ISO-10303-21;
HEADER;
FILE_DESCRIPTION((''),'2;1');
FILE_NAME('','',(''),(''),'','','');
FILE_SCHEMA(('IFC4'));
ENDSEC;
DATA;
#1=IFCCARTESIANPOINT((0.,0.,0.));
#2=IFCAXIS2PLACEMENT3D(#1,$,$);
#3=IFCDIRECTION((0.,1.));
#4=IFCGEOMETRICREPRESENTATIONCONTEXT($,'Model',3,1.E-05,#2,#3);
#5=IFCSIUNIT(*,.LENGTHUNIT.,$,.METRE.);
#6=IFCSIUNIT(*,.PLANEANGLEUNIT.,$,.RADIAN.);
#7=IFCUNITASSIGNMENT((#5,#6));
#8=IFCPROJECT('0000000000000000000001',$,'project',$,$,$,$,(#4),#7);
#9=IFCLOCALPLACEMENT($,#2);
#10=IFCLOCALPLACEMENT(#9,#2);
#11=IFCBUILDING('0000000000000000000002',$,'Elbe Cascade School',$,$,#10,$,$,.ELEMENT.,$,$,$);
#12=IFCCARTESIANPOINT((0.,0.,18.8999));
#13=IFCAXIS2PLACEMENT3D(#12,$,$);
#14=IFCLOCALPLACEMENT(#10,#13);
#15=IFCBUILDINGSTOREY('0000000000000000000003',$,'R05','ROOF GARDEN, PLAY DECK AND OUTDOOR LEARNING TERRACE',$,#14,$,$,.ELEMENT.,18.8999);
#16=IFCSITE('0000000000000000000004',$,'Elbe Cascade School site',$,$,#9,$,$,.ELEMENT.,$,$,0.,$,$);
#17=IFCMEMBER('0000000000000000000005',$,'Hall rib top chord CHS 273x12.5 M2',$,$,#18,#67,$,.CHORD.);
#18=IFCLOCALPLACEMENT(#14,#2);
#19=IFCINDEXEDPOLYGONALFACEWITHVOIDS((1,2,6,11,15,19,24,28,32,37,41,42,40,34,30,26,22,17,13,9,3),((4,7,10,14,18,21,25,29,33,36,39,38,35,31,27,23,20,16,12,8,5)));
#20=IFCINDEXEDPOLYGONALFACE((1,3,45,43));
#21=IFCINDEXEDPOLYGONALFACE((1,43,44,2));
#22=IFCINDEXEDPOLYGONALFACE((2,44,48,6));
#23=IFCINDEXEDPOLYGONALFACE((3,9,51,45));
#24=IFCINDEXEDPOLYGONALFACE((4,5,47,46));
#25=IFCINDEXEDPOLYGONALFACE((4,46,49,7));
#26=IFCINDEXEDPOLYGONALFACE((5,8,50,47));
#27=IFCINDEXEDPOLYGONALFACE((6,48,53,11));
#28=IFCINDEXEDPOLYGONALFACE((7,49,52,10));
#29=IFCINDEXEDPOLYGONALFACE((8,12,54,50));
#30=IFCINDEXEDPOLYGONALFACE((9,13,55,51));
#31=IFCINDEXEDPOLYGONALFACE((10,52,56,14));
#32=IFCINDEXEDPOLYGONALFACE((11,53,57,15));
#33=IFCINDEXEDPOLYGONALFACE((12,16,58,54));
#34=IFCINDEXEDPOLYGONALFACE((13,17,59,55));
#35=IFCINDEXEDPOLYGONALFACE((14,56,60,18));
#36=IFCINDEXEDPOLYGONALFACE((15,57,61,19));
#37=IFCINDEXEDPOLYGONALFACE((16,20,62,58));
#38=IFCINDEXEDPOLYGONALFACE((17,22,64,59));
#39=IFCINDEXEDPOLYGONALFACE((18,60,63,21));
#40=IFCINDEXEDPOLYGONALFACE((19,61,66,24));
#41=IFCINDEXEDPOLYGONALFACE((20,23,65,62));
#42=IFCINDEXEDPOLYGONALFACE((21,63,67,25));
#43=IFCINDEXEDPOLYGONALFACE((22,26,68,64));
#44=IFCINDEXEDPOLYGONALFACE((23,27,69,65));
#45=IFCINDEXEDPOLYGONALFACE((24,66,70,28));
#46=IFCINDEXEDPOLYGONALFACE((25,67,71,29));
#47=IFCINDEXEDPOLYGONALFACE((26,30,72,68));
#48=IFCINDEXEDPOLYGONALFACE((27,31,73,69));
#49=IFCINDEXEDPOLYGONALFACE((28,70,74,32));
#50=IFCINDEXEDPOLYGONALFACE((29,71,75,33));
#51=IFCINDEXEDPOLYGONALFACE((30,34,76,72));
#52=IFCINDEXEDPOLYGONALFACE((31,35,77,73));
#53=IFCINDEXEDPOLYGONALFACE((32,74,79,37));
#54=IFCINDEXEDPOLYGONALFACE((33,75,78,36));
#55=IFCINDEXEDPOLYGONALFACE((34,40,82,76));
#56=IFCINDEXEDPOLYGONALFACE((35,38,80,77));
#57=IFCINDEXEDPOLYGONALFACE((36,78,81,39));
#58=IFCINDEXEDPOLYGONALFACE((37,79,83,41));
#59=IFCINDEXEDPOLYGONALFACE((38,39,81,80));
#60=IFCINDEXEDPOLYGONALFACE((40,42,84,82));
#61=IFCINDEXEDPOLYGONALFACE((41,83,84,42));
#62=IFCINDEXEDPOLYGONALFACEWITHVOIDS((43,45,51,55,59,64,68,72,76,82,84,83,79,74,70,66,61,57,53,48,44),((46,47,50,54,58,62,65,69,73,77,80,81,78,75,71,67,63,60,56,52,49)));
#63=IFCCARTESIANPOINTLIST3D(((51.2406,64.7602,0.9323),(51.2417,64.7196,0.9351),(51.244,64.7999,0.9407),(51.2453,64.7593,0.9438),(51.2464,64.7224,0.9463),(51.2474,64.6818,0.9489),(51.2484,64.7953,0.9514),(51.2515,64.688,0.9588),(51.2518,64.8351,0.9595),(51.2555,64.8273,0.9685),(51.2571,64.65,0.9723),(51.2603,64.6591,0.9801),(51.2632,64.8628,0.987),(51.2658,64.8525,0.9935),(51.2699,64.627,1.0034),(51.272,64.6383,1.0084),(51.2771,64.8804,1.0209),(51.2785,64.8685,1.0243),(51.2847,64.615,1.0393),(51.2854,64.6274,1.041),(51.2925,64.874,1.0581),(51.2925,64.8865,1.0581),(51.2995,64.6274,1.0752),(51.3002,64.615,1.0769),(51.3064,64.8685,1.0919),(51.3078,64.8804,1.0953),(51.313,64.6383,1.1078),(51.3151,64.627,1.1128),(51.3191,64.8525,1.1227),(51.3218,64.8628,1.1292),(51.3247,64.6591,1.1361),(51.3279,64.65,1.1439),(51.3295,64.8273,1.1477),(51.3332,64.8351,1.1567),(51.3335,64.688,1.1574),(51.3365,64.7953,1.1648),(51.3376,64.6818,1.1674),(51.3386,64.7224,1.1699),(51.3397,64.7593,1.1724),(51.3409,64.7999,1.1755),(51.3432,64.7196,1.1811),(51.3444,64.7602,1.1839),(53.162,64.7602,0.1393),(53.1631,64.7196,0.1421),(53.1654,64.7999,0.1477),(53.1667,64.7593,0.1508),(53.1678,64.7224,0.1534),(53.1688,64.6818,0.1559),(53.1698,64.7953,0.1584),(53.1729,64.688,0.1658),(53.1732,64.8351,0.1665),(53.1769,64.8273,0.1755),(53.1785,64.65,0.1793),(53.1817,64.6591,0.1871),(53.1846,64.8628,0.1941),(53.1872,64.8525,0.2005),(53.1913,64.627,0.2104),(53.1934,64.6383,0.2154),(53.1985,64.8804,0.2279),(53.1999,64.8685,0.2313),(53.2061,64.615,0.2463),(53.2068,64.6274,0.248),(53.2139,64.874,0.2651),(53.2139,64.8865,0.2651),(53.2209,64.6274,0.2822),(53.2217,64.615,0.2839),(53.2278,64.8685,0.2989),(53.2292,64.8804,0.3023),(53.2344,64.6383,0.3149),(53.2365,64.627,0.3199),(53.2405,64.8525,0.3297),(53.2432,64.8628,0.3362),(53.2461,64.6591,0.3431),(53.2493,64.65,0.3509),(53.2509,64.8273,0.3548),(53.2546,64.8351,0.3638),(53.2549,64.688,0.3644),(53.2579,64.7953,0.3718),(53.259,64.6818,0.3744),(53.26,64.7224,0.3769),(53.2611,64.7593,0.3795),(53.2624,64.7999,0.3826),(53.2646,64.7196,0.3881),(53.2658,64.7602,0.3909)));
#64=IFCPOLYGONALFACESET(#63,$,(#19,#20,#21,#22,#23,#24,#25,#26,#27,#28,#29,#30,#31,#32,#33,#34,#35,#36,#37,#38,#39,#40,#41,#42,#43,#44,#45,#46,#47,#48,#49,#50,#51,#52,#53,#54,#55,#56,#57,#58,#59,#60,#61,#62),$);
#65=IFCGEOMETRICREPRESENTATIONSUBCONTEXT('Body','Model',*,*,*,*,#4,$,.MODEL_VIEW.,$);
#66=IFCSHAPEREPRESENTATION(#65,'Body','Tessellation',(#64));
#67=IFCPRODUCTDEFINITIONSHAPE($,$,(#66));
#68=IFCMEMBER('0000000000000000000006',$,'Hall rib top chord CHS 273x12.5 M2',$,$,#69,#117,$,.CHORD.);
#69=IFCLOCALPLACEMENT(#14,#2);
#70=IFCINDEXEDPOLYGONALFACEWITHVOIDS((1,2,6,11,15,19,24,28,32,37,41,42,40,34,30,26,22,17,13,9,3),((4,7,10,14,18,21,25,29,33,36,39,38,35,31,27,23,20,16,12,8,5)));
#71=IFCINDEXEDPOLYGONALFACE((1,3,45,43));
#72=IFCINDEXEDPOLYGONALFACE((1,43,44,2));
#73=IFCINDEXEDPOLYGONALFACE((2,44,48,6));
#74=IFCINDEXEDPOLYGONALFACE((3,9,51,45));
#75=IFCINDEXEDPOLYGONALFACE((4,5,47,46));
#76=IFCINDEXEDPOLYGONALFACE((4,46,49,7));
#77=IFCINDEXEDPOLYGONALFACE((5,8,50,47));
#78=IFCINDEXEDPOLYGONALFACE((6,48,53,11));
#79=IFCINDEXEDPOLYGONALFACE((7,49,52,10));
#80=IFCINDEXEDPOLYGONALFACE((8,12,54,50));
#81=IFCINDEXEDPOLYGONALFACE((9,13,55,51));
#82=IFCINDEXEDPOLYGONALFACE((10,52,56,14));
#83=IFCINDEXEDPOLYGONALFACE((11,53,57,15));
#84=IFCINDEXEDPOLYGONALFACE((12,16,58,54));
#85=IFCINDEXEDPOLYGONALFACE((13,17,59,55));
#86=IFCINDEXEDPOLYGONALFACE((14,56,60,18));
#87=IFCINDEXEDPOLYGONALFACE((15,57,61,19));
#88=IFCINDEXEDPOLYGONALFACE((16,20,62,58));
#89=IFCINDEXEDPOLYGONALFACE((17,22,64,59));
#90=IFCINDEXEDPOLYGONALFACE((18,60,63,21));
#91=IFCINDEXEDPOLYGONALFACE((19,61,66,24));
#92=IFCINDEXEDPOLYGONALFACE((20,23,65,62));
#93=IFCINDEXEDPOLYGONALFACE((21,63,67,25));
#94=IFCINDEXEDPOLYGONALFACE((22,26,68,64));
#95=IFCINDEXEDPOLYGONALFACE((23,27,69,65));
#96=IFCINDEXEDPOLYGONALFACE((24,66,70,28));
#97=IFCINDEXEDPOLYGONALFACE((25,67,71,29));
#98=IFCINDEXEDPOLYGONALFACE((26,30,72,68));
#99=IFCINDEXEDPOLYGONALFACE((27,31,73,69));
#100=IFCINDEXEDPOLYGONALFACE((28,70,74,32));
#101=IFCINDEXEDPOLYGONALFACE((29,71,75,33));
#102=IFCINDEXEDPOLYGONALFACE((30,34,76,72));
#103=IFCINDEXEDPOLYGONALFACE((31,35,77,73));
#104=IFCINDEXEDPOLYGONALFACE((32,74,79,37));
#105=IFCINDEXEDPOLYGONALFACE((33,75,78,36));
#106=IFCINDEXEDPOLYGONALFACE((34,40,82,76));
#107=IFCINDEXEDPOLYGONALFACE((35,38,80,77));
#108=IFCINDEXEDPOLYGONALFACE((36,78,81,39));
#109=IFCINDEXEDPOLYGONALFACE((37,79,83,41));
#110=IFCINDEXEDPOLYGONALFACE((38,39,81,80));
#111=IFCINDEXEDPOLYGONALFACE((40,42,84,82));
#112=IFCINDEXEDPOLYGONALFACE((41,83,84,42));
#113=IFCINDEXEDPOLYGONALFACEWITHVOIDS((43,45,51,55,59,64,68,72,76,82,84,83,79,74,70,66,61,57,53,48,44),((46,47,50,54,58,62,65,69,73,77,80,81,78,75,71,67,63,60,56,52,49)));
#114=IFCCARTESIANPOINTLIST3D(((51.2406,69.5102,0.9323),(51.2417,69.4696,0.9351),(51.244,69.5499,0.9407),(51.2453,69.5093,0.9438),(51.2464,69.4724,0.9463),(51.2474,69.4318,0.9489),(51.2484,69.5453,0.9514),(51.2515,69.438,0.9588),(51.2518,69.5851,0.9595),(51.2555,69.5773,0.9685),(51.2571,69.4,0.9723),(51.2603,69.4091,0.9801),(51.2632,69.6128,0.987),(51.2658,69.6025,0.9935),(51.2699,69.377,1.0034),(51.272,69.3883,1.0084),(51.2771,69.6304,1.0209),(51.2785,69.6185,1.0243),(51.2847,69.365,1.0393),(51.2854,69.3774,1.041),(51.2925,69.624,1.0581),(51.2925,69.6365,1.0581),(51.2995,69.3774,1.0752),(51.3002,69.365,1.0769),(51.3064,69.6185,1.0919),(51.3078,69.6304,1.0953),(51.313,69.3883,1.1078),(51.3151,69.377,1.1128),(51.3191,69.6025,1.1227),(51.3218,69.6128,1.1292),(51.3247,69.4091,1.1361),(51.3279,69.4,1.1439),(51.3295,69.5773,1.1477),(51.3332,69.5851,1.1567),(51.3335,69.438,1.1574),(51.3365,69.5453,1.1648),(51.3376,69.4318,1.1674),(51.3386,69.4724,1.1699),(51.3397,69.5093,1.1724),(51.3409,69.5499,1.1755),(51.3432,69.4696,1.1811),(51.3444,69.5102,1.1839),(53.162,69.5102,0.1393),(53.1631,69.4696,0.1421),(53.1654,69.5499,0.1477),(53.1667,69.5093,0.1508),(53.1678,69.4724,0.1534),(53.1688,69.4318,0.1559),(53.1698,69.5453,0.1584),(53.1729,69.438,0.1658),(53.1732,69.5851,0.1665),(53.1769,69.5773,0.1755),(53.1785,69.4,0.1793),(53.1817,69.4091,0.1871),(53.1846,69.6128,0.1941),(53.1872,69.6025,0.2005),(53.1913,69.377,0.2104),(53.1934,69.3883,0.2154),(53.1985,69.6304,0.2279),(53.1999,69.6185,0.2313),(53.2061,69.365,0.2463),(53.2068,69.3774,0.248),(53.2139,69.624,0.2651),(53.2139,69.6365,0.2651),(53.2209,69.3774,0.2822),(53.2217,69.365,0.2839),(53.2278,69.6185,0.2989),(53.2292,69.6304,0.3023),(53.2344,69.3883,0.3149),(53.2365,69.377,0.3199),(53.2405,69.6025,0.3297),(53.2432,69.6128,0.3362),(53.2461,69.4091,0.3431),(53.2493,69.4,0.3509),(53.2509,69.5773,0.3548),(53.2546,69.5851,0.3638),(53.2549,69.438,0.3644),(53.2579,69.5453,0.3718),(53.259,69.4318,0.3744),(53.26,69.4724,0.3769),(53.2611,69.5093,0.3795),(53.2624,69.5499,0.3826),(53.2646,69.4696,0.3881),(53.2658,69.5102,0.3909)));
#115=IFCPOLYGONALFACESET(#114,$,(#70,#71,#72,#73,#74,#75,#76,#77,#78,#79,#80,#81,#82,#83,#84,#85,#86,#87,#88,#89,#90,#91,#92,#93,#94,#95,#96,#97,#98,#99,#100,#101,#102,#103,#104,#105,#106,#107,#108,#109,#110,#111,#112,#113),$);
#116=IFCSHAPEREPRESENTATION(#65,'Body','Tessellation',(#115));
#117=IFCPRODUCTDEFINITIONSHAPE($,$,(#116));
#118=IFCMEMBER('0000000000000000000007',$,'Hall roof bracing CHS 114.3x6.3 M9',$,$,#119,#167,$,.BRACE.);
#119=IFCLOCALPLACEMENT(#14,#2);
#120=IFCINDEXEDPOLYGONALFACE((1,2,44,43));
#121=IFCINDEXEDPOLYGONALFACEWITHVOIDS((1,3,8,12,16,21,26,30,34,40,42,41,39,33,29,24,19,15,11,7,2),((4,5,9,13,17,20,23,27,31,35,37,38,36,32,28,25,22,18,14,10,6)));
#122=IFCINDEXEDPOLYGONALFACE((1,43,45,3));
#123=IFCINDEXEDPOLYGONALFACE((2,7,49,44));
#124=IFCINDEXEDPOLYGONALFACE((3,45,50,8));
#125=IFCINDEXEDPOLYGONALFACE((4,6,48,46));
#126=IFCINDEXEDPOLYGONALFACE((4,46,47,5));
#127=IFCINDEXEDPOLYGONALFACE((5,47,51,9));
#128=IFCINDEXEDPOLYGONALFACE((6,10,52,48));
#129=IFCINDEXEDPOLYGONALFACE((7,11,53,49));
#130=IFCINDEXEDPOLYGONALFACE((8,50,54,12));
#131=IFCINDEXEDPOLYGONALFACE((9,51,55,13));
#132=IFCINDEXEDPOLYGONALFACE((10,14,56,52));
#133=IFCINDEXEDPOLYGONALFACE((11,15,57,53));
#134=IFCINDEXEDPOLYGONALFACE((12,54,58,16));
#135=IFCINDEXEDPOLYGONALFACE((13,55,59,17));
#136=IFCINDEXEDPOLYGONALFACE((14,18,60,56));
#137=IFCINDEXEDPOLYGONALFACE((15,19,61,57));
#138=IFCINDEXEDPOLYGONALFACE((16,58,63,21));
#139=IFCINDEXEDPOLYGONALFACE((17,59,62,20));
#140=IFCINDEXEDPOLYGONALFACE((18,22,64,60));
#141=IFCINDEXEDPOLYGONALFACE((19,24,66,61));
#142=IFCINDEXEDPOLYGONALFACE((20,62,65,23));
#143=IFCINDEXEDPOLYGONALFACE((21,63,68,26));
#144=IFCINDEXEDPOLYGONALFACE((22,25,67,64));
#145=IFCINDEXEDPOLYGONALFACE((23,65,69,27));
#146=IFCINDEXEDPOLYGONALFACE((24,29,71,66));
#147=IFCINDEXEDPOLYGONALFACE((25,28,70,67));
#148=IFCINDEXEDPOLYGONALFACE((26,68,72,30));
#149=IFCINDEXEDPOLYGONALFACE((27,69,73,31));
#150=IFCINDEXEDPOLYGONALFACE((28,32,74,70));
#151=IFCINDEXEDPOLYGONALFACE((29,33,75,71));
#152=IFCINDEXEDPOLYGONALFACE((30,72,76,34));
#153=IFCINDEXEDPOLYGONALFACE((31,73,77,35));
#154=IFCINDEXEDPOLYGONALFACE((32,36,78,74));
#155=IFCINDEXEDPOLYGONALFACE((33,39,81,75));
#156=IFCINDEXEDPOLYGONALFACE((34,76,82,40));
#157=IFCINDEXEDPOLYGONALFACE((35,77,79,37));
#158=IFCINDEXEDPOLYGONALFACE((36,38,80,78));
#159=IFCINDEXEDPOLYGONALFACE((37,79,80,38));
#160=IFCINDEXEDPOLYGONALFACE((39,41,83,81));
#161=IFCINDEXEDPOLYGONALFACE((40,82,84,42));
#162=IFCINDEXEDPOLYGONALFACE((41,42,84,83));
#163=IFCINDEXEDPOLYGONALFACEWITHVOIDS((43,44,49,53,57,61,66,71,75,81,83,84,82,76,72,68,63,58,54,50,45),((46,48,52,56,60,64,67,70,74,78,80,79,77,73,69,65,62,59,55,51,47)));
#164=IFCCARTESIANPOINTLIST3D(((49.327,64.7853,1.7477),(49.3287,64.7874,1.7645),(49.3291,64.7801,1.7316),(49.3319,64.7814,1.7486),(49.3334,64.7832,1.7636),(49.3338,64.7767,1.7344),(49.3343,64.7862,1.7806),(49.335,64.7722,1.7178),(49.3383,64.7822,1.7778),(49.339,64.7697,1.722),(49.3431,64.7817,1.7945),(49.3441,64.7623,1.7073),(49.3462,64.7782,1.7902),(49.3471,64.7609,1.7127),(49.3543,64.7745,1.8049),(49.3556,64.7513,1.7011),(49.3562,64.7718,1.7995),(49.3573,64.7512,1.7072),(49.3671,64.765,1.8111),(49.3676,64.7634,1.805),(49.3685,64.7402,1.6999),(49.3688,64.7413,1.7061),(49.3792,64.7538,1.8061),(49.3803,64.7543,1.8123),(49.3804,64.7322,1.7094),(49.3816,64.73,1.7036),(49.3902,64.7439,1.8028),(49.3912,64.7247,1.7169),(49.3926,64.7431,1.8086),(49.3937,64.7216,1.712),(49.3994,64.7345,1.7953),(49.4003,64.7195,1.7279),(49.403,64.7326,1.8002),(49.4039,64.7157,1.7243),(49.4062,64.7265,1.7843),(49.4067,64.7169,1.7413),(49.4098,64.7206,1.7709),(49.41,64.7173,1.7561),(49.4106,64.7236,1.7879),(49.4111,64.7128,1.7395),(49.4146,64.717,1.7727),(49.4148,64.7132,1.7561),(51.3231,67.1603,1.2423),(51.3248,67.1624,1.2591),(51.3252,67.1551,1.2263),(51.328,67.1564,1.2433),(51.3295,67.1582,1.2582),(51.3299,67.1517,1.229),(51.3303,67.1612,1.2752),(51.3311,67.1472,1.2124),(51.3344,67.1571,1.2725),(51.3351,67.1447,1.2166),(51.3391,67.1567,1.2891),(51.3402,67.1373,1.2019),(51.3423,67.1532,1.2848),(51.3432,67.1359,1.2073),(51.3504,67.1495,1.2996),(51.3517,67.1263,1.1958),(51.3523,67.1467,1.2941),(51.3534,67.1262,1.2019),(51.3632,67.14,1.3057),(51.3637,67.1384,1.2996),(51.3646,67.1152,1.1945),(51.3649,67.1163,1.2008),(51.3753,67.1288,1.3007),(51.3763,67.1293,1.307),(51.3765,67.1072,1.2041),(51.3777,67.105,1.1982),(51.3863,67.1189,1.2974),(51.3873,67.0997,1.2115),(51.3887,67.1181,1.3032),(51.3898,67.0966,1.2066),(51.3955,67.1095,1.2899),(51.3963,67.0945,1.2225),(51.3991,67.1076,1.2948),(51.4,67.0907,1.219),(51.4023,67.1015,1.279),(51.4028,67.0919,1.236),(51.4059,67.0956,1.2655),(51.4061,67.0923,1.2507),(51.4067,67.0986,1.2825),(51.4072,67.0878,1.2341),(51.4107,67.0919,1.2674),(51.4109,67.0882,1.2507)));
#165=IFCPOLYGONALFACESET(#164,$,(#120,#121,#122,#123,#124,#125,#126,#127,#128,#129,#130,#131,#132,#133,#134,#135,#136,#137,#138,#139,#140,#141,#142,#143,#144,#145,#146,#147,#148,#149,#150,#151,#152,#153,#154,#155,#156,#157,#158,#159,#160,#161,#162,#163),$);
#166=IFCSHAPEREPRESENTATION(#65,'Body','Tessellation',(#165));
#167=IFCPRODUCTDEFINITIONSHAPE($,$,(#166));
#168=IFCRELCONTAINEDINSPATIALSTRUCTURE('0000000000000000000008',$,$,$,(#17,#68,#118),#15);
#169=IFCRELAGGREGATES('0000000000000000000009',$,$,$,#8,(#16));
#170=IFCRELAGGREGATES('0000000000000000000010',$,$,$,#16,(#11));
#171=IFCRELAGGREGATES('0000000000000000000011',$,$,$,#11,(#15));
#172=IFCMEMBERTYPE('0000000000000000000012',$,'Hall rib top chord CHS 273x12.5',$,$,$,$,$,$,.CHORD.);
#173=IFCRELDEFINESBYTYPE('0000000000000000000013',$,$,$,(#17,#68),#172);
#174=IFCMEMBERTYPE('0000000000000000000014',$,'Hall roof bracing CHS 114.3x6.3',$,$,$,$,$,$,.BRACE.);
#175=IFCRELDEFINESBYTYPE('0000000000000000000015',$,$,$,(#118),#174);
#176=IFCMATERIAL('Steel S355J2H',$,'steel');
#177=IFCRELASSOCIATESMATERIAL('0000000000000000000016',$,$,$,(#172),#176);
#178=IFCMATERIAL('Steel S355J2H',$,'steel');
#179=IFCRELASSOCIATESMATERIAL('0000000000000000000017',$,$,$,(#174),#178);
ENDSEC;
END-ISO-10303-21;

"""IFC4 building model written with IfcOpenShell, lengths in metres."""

from ifc_helpers import new_model, si_unit, direction, frame, origin, origin_2d, place, context, subcontext, project, spatial, hollow_circle, extrude, material, material_profile, profile_set, type_object, element, save


model = new_model("IFC4")

# Units and contexts
model_context = context("Model", 3, precision=1e-05, world=origin(), true_north=direction((0.0, 1.0)))
body_context = subcontext(model_context, "Body", "Model", "MODEL_VIEW")
ifc_project = project(units=[si_unit("LENGTHUNIT", "METRE"), si_unit("PLANEANGLEUNIT", "RADIAN")], contexts=[model_context])

# Site, building, storey
site_placement = place(None, origin())
site = spatial("IfcSite", under=ifc_project, at=site_placement, Name="Elbe Cascade School site", CompositionType="ELEMENT", RefElevation=0.0)
building_placement = place(site_placement, origin())
building = spatial("IfcBuilding", under=site, at=building_placement, Name="Elbe Cascade School", CompositionType="ELEMENT")
storey_placement = place(building_placement, frame((0.0, 0.0, 18.8999)))
storey = spatial("IfcBuildingStorey", under=building, at=storey_placement, Name="R05", Description="ROOF GARDEN, PLAY DECK AND OUTDOOR LEARNING TERRACE", CompositionType="ELEMENT", Elevation=18.8999)

# Members
ifc_material_1 = material(Name="Steel S355J2H", Category="steel")
ifc_material_profile_1 = material_profile(ifc_material_1, hollow_circle(Radius=0.1365, WallThickness=0.0125, at=origin_2d()), Name="CHS 273x12.5")
ifc_profile_set_1 = profile_set([ifc_material_profile_1], Name="Steel S355J2H")
member_type_1 = type_object("IfcMemberType", Name="Hall rib top chord CHS 273x12.5", PredefinedType="CHORD", material=ifc_profile_set_1)
for number, where, z_axis, x_axis, name in (
    (1, (51.2925, 64.75, 1.0581), (0.924371, 0.0, -0.381494), (0.0, 1.0, 0.0), "Hall rib top chord CHS 273x12.5 M2"),
    (2, (51.2925, 69.5, 1.0581), (0.924371, 0.0, -0.381494), (0.0, 1.0, 0.0), "Hall rib top chord CHS 273x12.5 M2"),
):
    element("IfcMember", number, at=place(storey_placement, frame(where, z_axis=z_axis, x_axis=x_axis)), inside=storey, type_object=member_type_1, Name=name, PredefinedType="CHORD", context=body_context, shape_type="SweptSolid", body=[
        extrude(hollow_circle(Radius=0.1365, WallThickness=0.0125, at=origin_2d()), origin(), (0.0, 0.0, 1.0), 2.0786),
    ])
ifc_material_2 = material(Name="Steel S355J2H", Category="steel")
ifc_material_profile_2 = material_profile(ifc_material_2, hollow_circle(Radius=0.0571, WallThickness=0.0063, at=origin_2d()), Name="CHS 114.3x6.3")
ifc_profile_set_2 = profile_set([ifc_material_profile_2], Name="Steel S355J2H")
member_type_2 = type_object("IfcMemberType", Name="Hall roof bracing CHS 114.3x6.3", PredefinedType="BRACE", material=ifc_profile_set_2)
member_1_placement = place(storey_placement, frame((51.3672, 67.125, 1.2507), z_axis=(-0.635029, -0.755572, 0.160777), x_axis=(0.765531, -0.643399, 0.0)))
element("IfcMember", 3, at=member_1_placement, inside=storey, type_object=member_type_2, Name="Hall roof bracing CHS 114.3x6.3 M9", PredefinedType="BRACE", context=body_context, shape_type="SweptSolid", body=[
    extrude(hollow_circle(Radius=0.0571, WallThickness=0.0063, at=origin_2d()), origin(), (0.0, 0.0, 1.0), 3.1433),
])

save(model, "model.ifc")
